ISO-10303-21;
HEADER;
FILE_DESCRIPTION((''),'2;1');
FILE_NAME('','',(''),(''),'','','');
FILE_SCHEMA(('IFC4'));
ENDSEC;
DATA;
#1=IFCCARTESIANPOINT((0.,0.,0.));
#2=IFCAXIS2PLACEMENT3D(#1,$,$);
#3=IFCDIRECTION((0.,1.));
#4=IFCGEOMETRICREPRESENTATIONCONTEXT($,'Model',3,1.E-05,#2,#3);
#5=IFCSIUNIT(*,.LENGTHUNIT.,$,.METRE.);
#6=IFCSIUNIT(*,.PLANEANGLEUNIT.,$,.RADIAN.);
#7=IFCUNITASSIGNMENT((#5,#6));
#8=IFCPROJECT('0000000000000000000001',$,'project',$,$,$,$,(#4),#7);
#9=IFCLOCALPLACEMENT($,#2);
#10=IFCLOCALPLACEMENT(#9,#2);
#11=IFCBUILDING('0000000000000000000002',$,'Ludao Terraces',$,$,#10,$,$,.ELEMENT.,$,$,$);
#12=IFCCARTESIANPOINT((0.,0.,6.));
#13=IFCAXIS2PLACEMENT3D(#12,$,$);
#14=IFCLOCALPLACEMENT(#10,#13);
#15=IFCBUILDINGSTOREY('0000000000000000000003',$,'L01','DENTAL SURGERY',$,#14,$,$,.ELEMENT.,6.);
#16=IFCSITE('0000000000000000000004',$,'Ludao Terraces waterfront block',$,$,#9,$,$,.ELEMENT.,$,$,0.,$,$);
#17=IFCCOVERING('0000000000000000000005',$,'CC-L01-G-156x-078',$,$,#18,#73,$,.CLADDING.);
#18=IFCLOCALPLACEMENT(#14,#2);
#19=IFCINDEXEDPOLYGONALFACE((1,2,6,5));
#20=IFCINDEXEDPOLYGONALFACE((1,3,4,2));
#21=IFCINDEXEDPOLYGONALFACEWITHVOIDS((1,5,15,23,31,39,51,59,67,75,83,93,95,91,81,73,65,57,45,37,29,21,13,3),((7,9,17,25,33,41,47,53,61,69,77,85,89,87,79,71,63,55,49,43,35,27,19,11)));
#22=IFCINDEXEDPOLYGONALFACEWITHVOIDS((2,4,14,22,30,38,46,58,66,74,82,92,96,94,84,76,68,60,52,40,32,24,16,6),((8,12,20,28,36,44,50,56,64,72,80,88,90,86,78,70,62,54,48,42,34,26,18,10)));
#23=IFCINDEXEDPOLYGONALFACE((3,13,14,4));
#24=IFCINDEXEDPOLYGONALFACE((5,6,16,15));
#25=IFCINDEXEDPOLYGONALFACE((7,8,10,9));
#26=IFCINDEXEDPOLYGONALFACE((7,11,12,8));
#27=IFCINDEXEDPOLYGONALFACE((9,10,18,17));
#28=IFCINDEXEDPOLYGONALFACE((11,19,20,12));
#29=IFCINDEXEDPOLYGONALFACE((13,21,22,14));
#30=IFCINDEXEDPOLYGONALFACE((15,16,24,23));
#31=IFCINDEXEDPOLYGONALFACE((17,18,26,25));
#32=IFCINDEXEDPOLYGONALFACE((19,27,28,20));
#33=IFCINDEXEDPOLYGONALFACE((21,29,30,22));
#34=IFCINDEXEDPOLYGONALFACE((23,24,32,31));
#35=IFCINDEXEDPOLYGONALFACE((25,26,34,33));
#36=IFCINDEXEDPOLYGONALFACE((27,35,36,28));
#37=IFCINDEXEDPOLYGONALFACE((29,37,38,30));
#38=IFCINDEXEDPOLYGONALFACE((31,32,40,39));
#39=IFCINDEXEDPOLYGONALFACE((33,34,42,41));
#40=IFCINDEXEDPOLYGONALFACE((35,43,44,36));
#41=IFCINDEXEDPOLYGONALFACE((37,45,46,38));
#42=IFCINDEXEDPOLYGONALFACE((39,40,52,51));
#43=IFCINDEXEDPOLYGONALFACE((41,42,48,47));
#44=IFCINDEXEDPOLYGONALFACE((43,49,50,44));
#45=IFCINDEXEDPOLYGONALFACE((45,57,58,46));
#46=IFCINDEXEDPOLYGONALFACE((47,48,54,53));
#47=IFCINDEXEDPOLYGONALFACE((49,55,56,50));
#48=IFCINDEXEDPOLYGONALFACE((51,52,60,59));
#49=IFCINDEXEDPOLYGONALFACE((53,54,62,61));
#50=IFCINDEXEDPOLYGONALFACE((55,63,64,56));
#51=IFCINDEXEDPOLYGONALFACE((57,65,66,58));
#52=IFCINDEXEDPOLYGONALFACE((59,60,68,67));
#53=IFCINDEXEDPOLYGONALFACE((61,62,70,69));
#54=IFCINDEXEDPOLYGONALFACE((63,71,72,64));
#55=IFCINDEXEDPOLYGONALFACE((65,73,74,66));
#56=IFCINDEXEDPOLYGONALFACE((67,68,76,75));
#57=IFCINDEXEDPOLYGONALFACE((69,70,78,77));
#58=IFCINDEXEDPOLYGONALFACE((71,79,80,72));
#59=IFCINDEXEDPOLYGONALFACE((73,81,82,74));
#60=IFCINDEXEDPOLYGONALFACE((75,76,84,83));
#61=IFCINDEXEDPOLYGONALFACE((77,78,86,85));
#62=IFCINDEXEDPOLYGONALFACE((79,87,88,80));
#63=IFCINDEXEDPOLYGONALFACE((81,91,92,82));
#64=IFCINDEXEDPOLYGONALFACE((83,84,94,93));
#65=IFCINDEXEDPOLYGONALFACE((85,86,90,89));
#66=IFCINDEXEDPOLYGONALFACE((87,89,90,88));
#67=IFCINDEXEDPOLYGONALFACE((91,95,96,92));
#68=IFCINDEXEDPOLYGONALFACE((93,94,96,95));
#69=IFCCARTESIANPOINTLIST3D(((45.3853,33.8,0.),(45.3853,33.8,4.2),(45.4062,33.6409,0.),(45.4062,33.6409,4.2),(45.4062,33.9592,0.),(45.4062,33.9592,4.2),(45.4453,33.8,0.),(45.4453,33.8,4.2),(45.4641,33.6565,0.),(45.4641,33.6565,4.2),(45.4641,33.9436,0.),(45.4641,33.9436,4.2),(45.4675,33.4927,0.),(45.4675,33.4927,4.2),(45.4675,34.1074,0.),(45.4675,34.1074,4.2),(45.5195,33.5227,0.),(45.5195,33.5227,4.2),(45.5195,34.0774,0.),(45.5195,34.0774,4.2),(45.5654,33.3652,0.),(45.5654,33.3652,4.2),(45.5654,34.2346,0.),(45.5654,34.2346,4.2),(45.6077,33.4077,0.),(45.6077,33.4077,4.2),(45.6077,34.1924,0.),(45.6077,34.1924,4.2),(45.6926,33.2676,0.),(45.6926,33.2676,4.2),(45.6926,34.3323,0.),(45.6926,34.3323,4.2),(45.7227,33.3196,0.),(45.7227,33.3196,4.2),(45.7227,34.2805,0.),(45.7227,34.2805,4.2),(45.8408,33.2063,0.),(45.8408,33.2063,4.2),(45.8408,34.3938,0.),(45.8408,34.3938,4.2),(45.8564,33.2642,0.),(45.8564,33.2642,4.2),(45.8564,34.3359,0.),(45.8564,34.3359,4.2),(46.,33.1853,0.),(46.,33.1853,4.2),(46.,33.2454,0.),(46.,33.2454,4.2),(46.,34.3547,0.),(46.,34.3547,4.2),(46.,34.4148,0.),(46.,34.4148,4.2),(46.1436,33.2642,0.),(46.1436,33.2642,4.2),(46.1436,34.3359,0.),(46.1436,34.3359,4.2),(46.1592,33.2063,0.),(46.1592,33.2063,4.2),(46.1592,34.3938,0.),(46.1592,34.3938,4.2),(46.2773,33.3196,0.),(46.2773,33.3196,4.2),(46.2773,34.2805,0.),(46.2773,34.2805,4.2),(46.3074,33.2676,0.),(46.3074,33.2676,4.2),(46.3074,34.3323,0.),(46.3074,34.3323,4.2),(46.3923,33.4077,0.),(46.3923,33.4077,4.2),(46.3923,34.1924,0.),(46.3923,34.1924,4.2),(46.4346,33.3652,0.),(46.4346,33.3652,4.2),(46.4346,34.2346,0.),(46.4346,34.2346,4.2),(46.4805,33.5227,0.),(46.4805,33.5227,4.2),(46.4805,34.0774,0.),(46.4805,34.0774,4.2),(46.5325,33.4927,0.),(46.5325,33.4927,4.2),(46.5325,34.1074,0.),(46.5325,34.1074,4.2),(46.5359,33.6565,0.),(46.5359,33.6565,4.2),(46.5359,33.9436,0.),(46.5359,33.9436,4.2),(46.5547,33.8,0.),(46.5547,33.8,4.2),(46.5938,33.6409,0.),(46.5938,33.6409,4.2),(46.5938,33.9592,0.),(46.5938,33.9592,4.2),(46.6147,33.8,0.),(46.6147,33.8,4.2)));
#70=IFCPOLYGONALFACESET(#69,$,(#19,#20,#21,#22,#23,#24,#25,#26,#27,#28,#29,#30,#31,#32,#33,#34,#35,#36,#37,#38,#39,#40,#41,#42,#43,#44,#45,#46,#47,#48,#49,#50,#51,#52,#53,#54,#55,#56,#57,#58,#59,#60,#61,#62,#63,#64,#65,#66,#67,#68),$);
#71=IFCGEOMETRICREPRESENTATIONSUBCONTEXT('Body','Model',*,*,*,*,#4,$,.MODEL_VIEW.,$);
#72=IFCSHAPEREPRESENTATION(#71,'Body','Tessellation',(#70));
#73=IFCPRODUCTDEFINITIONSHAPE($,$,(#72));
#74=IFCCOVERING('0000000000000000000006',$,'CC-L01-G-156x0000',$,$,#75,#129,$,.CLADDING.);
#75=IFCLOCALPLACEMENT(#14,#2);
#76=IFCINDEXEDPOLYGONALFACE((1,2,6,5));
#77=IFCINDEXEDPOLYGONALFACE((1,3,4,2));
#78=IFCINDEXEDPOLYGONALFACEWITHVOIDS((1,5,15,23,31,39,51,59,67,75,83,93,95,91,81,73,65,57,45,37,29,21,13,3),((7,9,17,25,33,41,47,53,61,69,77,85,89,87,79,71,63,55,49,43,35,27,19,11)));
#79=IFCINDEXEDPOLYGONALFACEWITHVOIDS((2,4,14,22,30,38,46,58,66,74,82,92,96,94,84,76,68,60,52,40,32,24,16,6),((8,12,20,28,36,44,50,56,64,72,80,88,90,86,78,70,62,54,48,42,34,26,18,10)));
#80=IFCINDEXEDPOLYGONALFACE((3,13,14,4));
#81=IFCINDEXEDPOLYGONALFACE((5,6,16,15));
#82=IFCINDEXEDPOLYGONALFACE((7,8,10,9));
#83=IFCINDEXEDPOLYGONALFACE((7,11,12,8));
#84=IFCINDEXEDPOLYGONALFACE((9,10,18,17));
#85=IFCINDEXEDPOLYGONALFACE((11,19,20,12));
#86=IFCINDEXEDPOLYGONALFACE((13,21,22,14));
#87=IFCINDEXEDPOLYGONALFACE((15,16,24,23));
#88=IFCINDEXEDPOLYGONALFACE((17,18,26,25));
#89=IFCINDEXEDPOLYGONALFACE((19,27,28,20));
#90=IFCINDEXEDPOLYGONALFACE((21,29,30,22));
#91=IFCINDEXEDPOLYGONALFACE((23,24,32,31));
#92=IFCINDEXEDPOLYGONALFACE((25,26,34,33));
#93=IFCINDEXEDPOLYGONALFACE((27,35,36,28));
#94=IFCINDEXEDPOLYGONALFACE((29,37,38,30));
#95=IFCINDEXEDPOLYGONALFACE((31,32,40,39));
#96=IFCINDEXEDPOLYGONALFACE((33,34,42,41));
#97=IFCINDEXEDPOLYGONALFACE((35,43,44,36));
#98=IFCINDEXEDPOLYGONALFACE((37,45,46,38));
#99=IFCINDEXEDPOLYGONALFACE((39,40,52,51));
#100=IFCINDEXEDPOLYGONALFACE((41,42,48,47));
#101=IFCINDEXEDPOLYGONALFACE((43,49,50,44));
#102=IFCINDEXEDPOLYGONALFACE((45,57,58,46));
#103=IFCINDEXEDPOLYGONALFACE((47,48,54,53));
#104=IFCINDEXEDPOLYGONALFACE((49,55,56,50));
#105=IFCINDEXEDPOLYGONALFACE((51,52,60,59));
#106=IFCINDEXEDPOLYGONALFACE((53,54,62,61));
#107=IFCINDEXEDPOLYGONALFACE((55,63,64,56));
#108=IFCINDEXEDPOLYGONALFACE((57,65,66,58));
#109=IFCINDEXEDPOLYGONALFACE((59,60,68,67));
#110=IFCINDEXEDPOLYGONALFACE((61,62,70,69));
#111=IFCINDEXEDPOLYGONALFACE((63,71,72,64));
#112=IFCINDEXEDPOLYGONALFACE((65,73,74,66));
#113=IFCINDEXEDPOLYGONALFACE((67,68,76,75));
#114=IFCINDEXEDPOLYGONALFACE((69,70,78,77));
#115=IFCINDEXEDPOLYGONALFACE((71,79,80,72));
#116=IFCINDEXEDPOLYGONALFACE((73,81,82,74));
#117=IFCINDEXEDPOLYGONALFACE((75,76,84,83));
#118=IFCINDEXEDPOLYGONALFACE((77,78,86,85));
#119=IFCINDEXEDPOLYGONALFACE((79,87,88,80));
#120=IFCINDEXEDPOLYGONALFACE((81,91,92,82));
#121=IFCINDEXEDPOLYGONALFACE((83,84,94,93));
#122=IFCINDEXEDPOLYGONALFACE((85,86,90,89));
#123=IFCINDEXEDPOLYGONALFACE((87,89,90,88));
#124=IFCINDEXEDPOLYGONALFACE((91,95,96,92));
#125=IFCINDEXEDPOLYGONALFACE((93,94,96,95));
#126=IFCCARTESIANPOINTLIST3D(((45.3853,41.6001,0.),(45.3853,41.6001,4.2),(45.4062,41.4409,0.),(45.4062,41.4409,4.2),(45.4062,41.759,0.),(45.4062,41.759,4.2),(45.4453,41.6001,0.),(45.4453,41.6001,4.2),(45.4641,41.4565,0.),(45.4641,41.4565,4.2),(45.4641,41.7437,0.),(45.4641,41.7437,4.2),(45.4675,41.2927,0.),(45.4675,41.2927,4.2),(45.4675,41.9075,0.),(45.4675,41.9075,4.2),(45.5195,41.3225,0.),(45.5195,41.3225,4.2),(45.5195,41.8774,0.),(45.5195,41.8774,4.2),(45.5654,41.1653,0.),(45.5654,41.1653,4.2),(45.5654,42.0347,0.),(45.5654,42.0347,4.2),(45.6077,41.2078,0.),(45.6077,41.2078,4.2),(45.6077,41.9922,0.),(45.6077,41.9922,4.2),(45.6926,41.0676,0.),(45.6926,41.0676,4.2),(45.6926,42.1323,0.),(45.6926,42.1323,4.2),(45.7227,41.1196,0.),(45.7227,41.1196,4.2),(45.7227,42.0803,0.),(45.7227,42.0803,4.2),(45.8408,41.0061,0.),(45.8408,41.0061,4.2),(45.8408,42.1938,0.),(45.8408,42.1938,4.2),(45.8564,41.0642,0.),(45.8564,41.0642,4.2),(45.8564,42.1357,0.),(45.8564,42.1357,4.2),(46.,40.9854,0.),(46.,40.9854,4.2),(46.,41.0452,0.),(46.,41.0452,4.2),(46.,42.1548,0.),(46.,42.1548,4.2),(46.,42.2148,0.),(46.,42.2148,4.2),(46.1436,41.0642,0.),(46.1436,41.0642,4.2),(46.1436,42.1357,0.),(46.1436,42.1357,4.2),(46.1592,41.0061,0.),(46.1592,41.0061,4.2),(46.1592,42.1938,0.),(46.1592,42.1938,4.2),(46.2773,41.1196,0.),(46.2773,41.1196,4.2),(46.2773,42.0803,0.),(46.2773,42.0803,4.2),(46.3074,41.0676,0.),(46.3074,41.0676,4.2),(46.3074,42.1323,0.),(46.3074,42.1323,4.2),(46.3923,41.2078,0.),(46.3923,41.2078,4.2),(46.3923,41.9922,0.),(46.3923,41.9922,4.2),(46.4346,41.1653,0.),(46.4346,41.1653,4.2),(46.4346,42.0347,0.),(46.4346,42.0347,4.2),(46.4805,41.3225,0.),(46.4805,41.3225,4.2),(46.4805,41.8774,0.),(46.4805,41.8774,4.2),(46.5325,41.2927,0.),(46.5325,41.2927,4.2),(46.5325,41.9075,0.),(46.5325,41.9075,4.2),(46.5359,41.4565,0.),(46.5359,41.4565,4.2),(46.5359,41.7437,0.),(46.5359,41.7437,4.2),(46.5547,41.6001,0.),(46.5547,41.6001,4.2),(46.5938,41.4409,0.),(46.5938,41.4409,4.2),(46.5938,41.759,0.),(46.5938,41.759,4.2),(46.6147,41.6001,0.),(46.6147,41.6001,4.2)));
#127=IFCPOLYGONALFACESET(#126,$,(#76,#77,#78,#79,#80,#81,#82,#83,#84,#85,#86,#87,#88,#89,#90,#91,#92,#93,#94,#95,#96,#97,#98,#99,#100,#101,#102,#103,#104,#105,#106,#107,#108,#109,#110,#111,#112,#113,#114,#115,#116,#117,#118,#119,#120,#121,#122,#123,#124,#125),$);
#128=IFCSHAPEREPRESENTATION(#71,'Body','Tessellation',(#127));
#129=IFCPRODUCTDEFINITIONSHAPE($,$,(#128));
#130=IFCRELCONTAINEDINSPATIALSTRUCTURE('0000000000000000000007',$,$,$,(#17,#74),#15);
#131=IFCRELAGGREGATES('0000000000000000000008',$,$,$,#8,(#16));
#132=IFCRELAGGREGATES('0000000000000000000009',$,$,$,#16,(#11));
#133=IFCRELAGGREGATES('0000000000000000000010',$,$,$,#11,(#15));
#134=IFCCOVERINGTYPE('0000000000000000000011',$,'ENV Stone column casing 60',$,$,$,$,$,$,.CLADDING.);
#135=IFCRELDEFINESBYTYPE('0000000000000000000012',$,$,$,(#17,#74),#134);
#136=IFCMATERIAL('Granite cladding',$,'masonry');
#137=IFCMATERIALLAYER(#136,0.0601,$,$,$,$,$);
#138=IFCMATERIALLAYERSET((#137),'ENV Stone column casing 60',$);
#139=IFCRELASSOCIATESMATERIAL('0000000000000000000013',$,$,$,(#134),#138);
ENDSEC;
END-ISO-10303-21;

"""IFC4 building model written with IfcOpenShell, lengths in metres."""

from ifc_helpers import new_model, si_unit, direction, frame, origin, place, context, subcontext, project, spatial, polyline, outline, extrude, material, layer, layer_set, type_object, element, save


model = new_model("IFC4")

# Units and contexts
model_context = context("Model", 3, precision=1e-05, world=origin(), true_north=direction((0.0, 1.0)))
body_context = subcontext(model_context, "Body", "Model", "MODEL_VIEW")
ifc_project = project(units=[si_unit("LENGTHUNIT", "METRE"), si_unit("PLANEANGLEUNIT", "RADIAN")], contexts=[model_context])

# Site, building, storey
site_placement = place(None, origin())
site = spatial("IfcSite", under=ifc_project, at=site_placement, Name="Ludao Terraces waterfront block", CompositionType="ELEMENT", RefElevation=0.0)
building_placement = place(site_placement, origin())
building = spatial("IfcBuilding", under=site, at=building_placement, Name="Ludao Terraces", CompositionType="ELEMENT")
storey_placement = place(building_placement, frame((0.0, 0.0, 6.0)))
storey = spatial("IfcBuildingStorey", under=building, at=storey_placement, Name="L01", Description="DENTAL SURGERY", CompositionType="ELEMENT", Elevation=6.0)

# Coverings
ifc_material_1 = material(Name="Granite cladding", Category="masonry")
ifc_layer_1 = layer(ifc_material_1, 0.0601)
ifc_layer_set_1 = layer_set([ifc_layer_1], Name="ENV Stone column casing 60")
covering_type = type_object("IfcCoveringType", Name="ENV Stone column casing 60", PredefinedType="CLADDING", material=ifc_layer_set_1)
covering_1_placement = place(storey_placement, origin())
element("IfcCovering", 1, at=covering_1_placement, inside=storey, type_object=covering_type, Name="CC-L01-G-156x-078", PredefinedType="CLADDING", context=body_context, shape_type="SweptSolid", body=[
    extrude(outline(polyline([(46.6147, 33.8), (46.5938, 33.9592), (46.5325, 34.1074), (46.4346, 34.2346), (46.3074, 34.3323), (46.1592, 34.3938), (46.0, 34.4148), (45.8408, 34.3938), (45.6926, 34.3323), (45.5654, 34.2346), (45.4675, 34.1074), (45.4062, 33.9592), (45.3853, 33.8), (45.4062, 33.6409), (45.4675, 33.4927), (45.5654, 33.3652), (45.6926, 33.2676), (45.8408, 33.2063), (46.0, 33.1853), (46.1592, 33.2063), (46.3074, 33.2676), (46.4346, 33.3652), (46.5325, 33.4927), (46.5938, 33.6409), (46.6147, 33.8)]), holes=[polyline([(46.5359, 33.6565), (46.4805, 33.5227), (46.3923, 33.4077), (46.2773, 33.3196), (46.1436, 33.2642), (46.0, 33.2454), (45.8564, 33.2642), (45.7227, 33.3196), (45.6077, 33.4077), (45.5195, 33.5227), (45.4641, 33.6565), (45.4453, 33.8), (45.4641, 33.9436), (45.5195, 34.0774), (45.6077, 34.1924), (45.7227, 34.2805), (45.8564, 34.3359), (46.0, 34.3547), (46.1436, 34.3359), (46.2773, 34.2805), (46.3923, 34.1924), (46.4805, 34.0774), (46.5359, 33.9436), (46.5547, 33.8), (46.5359, 33.6565)])]), origin(), (0.0, 0.0, 1.0), 4.2),
])
covering_2_placement = place(storey_placement, origin())
element("IfcCovering", 2, at=covering_2_placement, inside=storey, type_object=covering_type, Name="CC-L01-G-156x0000", PredefinedType="CLADDING", context=body_context, shape_type="SweptSolid", body=[
    extrude(outline(polyline([(46.6147, 41.6001), (46.5938, 41.759), (46.5325, 41.9075), (46.4346, 42.0347), (46.3074, 42.1323), (46.1592, 42.1938), (46.0, 42.2148), (45.8408, 42.1938), (45.6926, 42.1323), (45.5654, 42.0347), (45.4675, 41.9075), (45.4062, 41.759), (45.3853, 41.6001), (45.4062, 41.4409), (45.4675, 41.2927), (45.5654, 41.1653), (45.6926, 41.0676), (45.8408, 41.0061), (46.0, 40.9854), (46.1592, 41.0061), (46.3074, 41.0676), (46.4346, 41.1653), (46.5325, 41.2927), (46.5938, 41.4409), (46.6147, 41.6001)]), holes=[polyline([(46.5359, 41.4565), (46.4805, 41.3225), (46.3923, 41.2078), (46.2773, 41.1196), (46.1436, 41.0642), (46.0, 41.0452), (45.8564, 41.0642), (45.7227, 41.1196), (45.6077, 41.2078), (45.5195, 41.3225), (45.4641, 41.4565), (45.4453, 41.6001), (45.4641, 41.7437), (45.5195, 41.8774), (45.6077, 41.9922), (45.7227, 42.0803), (45.8564, 42.1357), (46.0, 42.1548), (46.1436, 42.1357), (46.2773, 42.0803), (46.3923, 41.9922), (46.4805, 41.8774), (46.5359, 41.7437), (46.5547, 41.6001), (46.5359, 41.4565)])]), origin(), (0.0, 0.0, 1.0), 4.2),
])

save(model, "model.ifc")
